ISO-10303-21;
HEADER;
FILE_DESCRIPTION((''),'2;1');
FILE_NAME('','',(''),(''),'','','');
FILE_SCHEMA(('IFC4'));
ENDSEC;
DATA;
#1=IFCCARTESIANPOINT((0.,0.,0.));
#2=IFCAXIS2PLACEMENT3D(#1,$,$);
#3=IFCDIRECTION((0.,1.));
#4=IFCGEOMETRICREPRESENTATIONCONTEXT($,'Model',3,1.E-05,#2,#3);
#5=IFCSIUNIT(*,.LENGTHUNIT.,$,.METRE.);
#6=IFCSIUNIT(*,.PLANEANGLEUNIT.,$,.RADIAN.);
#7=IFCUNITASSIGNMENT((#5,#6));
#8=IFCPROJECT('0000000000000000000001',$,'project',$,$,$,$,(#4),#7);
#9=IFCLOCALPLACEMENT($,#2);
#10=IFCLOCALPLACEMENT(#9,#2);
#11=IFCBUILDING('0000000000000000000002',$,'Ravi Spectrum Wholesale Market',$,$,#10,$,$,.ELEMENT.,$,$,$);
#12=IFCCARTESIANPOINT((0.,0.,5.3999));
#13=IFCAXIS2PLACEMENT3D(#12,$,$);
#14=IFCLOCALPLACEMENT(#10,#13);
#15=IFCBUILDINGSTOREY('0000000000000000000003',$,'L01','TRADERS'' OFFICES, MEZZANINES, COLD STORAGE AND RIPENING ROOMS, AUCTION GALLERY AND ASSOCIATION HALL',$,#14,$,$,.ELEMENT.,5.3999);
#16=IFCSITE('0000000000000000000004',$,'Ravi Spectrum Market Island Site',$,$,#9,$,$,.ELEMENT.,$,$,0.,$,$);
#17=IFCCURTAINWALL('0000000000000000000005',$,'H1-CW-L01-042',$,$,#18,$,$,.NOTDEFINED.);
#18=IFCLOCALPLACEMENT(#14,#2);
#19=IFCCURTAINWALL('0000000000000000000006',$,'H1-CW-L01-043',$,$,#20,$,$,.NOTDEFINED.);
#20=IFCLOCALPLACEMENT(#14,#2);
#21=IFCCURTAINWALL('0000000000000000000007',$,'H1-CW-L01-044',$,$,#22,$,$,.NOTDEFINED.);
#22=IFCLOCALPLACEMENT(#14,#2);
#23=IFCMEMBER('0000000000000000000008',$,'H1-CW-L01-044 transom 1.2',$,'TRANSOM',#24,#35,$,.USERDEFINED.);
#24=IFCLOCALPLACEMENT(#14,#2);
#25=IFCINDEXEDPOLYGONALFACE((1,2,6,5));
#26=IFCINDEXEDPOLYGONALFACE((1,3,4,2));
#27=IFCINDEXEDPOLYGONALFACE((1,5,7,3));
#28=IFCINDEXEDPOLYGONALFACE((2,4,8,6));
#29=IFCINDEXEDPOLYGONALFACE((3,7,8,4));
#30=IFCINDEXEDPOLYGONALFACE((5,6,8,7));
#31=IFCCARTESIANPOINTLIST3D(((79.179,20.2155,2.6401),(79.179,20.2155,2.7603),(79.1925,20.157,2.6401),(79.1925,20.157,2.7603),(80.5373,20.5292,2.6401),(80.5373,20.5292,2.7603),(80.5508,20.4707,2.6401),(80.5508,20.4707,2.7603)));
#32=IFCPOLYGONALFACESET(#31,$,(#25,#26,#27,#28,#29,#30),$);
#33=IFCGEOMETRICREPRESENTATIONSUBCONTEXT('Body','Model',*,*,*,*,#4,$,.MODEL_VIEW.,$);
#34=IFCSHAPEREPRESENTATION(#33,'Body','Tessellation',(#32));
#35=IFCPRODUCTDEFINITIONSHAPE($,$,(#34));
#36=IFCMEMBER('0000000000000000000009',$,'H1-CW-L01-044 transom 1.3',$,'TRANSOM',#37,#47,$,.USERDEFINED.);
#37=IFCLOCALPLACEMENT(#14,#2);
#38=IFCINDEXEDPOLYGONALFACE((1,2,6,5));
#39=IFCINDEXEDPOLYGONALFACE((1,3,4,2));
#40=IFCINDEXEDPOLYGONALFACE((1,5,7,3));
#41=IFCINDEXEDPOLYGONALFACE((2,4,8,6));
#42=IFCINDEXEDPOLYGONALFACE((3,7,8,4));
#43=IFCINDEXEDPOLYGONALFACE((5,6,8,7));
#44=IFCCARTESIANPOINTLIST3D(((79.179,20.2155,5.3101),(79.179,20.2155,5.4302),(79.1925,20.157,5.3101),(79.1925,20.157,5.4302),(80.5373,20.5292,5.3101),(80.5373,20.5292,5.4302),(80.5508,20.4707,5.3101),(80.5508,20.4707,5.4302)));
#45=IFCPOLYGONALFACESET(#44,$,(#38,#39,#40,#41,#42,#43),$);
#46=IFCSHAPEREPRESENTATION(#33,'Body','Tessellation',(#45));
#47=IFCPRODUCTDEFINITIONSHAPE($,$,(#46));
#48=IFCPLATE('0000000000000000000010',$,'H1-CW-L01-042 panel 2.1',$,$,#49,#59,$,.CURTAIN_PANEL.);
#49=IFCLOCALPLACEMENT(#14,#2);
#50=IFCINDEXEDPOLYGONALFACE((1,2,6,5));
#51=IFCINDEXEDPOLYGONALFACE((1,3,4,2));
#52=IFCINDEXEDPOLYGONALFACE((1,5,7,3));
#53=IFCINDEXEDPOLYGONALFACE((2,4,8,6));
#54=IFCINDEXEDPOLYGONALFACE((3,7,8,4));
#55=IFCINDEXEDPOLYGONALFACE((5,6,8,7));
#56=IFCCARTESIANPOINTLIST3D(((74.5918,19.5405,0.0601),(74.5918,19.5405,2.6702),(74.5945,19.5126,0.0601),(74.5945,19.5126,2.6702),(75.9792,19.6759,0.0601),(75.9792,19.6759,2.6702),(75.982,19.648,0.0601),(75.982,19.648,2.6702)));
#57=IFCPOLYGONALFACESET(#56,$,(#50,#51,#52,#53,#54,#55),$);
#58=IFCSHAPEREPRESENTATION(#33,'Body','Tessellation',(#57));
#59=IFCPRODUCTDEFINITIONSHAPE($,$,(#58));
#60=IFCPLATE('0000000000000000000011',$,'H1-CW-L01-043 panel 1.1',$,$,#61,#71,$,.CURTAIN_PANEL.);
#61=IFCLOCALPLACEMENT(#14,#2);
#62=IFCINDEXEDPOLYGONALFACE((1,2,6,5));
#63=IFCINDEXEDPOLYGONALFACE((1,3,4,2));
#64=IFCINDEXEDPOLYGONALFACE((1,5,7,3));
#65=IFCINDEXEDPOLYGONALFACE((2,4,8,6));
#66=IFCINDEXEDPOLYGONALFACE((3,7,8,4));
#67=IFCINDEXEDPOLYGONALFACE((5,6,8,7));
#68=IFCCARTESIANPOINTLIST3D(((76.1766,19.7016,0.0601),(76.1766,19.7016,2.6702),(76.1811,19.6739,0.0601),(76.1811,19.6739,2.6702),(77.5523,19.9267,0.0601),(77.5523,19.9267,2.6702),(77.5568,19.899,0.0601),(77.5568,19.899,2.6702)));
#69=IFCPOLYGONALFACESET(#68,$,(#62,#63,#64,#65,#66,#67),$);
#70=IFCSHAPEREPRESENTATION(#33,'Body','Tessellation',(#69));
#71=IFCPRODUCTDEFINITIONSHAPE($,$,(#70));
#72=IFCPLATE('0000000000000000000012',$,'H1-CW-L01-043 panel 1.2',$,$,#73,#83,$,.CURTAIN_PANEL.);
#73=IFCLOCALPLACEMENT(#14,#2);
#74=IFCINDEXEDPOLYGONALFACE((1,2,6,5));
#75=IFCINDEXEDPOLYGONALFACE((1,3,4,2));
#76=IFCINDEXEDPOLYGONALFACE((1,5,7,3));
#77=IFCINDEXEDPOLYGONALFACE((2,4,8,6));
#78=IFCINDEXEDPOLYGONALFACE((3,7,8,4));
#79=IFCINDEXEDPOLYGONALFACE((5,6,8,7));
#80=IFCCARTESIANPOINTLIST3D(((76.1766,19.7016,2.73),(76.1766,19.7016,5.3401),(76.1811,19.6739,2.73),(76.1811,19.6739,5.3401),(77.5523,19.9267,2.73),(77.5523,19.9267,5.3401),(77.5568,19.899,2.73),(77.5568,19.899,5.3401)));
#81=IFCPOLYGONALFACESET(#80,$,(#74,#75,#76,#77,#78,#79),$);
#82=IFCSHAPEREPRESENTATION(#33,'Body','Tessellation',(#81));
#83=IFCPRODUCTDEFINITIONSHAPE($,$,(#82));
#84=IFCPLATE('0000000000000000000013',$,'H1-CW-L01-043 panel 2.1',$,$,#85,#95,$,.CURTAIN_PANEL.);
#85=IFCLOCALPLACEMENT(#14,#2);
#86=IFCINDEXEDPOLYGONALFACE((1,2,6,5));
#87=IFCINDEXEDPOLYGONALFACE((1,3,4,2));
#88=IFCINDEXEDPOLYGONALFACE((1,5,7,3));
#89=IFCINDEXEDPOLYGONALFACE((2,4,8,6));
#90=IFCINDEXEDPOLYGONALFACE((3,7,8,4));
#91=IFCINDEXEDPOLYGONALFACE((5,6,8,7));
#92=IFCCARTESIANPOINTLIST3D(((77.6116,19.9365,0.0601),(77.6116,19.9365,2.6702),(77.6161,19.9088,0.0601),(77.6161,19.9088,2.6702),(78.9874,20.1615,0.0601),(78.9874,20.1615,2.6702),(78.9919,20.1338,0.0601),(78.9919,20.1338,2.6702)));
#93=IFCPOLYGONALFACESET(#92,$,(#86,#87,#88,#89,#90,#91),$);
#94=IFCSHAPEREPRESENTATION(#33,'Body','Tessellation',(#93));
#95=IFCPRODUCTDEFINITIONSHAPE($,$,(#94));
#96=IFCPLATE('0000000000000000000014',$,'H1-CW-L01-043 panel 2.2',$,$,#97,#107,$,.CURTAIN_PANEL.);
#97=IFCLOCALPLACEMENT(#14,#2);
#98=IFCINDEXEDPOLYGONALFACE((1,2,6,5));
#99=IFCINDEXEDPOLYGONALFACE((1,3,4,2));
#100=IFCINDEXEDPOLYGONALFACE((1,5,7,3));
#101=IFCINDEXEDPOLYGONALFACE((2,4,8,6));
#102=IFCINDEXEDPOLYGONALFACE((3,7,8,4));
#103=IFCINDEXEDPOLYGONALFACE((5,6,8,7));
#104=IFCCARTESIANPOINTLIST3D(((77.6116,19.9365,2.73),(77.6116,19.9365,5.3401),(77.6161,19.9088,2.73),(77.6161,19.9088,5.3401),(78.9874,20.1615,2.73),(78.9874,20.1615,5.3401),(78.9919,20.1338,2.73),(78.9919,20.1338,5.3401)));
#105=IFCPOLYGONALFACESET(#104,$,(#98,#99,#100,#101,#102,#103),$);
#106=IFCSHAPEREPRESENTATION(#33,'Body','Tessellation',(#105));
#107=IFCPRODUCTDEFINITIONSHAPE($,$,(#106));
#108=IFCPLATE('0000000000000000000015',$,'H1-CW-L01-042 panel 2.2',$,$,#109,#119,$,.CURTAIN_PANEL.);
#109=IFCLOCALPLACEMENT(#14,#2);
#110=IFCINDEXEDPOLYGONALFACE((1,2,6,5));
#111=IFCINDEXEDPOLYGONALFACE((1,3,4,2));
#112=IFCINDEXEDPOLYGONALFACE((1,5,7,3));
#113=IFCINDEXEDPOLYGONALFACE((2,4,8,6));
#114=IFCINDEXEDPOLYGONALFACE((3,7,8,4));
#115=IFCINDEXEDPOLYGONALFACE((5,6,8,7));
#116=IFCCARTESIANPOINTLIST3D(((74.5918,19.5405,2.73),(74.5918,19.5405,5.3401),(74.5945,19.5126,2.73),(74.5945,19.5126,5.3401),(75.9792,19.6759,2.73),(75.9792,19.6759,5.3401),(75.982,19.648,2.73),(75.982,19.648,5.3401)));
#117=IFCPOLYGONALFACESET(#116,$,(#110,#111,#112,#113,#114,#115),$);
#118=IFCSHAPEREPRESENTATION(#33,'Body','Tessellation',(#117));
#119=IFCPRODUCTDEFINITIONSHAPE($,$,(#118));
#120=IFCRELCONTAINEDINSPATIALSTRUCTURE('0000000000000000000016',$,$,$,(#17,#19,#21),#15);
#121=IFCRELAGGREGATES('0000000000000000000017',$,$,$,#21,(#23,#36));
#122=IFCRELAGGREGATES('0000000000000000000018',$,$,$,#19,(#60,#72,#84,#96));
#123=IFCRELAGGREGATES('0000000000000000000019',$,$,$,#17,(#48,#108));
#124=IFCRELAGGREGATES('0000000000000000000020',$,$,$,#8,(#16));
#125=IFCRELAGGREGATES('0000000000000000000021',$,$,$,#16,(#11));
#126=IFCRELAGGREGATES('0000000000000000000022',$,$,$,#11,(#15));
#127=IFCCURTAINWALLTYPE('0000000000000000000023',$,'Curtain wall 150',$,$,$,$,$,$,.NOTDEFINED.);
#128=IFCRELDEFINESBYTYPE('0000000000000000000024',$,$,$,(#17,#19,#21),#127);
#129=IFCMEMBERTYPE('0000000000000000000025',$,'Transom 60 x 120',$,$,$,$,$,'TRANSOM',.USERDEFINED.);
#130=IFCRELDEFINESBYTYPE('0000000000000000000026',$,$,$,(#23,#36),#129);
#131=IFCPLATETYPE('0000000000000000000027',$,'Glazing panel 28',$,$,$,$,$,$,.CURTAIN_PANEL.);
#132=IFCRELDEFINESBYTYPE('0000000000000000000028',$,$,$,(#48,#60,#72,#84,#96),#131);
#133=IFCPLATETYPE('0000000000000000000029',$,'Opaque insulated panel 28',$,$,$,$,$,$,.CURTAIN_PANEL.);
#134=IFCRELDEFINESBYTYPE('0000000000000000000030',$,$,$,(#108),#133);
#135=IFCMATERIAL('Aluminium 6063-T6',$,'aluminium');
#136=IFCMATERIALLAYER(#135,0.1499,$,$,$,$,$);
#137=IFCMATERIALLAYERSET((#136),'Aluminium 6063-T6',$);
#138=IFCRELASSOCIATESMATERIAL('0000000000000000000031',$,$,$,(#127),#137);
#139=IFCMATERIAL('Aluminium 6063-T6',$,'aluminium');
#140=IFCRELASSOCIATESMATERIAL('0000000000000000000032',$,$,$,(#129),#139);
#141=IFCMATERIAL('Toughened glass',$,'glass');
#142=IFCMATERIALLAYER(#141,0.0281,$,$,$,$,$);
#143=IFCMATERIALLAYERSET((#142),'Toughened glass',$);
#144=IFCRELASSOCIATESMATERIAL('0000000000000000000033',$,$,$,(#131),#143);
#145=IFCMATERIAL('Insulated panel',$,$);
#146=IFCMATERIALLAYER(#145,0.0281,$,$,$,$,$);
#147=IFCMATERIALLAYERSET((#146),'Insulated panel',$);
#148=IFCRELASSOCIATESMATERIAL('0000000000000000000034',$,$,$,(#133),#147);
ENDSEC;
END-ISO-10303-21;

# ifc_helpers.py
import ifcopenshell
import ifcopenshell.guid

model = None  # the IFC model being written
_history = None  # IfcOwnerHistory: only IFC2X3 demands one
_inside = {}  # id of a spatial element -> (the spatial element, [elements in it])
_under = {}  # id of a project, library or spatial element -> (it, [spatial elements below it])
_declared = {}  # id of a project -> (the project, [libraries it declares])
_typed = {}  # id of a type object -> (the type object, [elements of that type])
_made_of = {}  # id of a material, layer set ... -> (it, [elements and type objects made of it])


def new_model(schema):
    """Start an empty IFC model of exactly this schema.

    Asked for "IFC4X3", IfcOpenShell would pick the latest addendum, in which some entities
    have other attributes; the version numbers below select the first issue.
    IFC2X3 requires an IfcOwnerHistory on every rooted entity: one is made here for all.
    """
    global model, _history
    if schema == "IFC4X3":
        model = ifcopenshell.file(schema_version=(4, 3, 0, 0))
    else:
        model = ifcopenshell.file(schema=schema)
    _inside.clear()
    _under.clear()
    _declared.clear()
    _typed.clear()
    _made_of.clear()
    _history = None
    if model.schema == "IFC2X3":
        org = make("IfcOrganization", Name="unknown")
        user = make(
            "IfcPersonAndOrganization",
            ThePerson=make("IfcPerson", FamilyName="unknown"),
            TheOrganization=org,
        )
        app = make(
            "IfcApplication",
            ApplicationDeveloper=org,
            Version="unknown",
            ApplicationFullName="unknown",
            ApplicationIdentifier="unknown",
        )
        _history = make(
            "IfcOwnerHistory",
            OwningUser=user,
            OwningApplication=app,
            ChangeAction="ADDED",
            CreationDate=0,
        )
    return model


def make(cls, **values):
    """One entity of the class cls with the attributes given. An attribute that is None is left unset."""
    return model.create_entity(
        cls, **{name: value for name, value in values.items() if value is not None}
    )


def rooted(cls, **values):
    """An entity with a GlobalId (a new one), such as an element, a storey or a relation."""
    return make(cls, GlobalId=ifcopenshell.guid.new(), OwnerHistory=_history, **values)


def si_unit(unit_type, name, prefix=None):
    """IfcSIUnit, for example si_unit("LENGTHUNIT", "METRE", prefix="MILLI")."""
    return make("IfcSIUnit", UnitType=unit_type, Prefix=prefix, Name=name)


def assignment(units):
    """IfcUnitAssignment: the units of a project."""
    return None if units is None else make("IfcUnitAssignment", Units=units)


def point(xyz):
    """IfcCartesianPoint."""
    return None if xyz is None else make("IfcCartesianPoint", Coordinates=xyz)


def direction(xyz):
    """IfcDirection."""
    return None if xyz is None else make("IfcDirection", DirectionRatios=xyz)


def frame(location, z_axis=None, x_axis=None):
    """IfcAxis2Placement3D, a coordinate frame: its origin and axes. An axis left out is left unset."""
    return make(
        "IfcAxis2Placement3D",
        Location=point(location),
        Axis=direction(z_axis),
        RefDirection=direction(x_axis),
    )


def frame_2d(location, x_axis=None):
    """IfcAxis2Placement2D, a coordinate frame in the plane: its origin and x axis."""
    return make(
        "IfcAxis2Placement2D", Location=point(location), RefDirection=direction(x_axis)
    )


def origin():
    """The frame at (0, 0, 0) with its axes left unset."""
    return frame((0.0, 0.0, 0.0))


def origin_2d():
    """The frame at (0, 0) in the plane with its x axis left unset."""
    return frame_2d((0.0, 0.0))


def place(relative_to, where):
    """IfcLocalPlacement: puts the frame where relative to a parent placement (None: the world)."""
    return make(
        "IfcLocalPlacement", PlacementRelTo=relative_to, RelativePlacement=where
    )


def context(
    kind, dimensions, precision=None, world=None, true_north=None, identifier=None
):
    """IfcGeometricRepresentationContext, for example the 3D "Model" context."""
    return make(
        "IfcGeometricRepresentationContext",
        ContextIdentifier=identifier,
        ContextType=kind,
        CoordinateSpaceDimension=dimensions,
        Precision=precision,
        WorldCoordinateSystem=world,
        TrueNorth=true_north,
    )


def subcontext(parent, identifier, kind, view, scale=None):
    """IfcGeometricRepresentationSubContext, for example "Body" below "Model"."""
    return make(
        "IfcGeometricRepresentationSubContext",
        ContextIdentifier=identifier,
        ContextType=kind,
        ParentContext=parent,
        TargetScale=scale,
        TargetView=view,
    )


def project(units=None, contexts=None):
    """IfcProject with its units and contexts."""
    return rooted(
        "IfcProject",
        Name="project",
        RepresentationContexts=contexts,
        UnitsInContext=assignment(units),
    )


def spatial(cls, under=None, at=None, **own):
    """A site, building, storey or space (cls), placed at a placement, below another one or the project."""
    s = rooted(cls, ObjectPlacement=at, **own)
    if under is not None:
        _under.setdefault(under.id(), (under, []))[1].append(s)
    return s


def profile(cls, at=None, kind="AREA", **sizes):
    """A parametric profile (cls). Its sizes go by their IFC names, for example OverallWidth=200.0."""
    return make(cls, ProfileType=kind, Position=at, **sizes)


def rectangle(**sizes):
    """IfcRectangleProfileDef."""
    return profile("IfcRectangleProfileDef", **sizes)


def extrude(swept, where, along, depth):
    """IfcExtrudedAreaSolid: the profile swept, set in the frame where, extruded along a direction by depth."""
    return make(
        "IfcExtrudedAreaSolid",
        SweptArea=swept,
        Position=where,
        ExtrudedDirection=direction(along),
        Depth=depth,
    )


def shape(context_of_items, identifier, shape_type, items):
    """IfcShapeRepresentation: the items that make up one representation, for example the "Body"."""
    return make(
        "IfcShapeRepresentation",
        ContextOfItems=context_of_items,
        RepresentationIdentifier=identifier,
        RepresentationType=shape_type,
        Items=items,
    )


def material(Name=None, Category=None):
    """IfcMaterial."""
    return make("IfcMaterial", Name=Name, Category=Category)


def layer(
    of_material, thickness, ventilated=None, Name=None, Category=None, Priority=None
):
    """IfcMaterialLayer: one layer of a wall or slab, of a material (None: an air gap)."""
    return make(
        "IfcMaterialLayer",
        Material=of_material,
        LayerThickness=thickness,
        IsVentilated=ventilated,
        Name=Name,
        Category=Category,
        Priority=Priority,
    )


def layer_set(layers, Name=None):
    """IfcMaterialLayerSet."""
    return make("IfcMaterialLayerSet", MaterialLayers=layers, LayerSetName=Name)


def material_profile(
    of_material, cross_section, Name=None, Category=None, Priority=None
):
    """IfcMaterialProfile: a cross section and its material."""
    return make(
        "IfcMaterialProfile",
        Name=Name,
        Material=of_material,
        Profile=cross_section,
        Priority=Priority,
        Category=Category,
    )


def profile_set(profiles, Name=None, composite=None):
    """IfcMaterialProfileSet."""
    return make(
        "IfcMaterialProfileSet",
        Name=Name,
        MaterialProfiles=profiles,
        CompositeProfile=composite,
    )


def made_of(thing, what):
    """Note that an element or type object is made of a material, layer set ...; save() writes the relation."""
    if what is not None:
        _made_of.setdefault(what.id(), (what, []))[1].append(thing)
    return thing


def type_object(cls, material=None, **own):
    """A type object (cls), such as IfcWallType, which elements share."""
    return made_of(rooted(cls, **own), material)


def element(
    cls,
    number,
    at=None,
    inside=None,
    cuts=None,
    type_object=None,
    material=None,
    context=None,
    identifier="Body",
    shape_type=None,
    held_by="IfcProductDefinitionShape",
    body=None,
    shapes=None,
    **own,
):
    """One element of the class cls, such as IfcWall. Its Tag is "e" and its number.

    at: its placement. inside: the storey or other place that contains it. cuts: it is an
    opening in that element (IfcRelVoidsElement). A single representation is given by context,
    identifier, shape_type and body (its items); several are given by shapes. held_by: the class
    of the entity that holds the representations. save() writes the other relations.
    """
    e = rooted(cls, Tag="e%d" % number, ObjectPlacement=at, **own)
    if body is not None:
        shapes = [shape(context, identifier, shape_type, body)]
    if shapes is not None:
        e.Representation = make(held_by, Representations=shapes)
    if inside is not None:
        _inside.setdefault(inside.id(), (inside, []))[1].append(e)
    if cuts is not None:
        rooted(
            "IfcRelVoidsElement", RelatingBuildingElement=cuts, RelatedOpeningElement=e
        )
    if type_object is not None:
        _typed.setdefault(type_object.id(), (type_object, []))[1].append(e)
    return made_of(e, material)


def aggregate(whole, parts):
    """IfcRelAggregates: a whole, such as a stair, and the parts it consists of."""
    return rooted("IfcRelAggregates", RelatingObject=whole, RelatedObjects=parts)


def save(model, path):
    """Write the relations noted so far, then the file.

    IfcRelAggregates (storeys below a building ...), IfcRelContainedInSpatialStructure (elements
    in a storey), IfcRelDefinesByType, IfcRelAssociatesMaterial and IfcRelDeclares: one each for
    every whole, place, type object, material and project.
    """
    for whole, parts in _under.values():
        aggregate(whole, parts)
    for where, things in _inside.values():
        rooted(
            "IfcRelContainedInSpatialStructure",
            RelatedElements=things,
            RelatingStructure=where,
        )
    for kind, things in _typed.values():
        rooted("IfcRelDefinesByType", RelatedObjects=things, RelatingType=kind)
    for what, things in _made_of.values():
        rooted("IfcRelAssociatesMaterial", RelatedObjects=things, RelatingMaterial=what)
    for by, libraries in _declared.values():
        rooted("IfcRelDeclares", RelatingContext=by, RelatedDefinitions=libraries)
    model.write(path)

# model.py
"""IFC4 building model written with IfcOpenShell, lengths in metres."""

from ifc_helpers import new_model, si_unit, direction, frame, origin, origin_2d, place, context, subcontext, project, spatial, rectangle, extrude, material, layer, layer_set, material_profile, profile_set, type_object, element, aggregate, save


model = new_model("IFC4")

# Units and contexts
model_context = context("Model", 3, precision=1e-05, world=origin(), true_north=direction((0.0, 1.0)))
body_context = subcontext(model_context, "Body", "Model", "MODEL_VIEW")
ifc_project = project(units=[si_unit("LENGTHUNIT", "METRE"), si_unit("PLANEANGLEUNIT", "RADIAN")], contexts=[model_context])

# Site, building, storey
site_placement = place(None, origin())
site = spatial("IfcSite", under=ifc_project, at=site_placement, Name="Ravi Spectrum Market Island Site", CompositionType="ELEMENT", RefElevation=0.0)
building_placement = place(site_placement, origin())
building = spatial("IfcBuilding", under=site, at=building_placement, Name="Ravi Spectrum Wholesale Market", CompositionType="ELEMENT")
storey_placement = place(building_placement, frame((0.0, 0.0, 5.3999)))
storey = spatial("IfcBuildingStorey", under=building, at=storey_placement, Name="L01", Description="TRADERS' OFFICES, MEZZANINES, COLD STORAGE AND RIPENING ROOMS, AUCTION GALLERY AND ASSOCIATION HALL", CompositionType="ELEMENT", Elevation=5.3999)

# Curtain wall
ifc_material_1 = material(Name="Aluminium 6063-T6", Category="aluminium")
ifc_layer_1 = layer(ifc_material_1, 0.1499)
ifc_layer_set_1 = layer_set([ifc_layer_1], Name="Aluminium 6063-T6")
curtain_wall_type = type_object("IfcCurtainWallType", Name="Curtain wall 150", PredefinedType="NOTDEFINED", material=ifc_layer_set_1)
curtain_wall_1_placement = place(storey_placement, origin())
curtain_wall_1 = element("IfcCurtainWall", 1, at=curtain_wall_1_placement, inside=storey, type_object=curtain_wall_type, Name="H1-CW-L01-042", PredefinedType="NOTDEFINED")

# Curtain wall
curtain_wall_2_placement = place(storey_placement, origin())
curtain_wall_2 = element("IfcCurtainWall", 2, at=curtain_wall_2_placement, inside=storey, type_object=curtain_wall_type, Name="H1-CW-L01-043", PredefinedType="NOTDEFINED")

# Curtain wall
curtain_wall_3_placement = place(storey_placement, origin())
curtain_wall_3 = element("IfcCurtainWall", 3, at=curtain_wall_3_placement, inside=storey, type_object=curtain_wall_type, Name="H1-CW-L01-044", PredefinedType="NOTDEFINED")

# Members
ifc_material_2 = material(Name="Aluminium 6063-T6", Category="aluminium")
ifc_material_profile_1 = material_profile(ifc_material_2, rectangle(XDim=0.0601, YDim=0.1201, at=origin_2d()))
ifc_profile_set_1 = profile_set([ifc_material_profile_1], Name="Aluminium 6063-T6")
member_type_1 = type_object("IfcMemberType", Name="Transom 60 x 120", ElementType="TRANSOM", PredefinedType="USERDEFINED", material=ifc_profile_set_1)
member_1_placement = place(storey_placement, frame((79.1858, 20.1863, 2.7002), z_axis=(0.974353, 0.225026, 0.0), x_axis=(-0.225026, 0.974353, 0.0)))
member_1 = element("IfcMember", 4, at=member_1_placement, type_object=member_type_1, Name="H1-CW-L01-044 transom 1.2", ObjectType="TRANSOM", PredefinedType="USERDEFINED", context=body_context, shape_type="SweptSolid", body=[
    extrude(rectangle(XDim=0.0601, YDim=0.1201, at=origin_2d()), origin(), (0.0, 0.0, 1.0), 1.394),
])
member_2_placement = place(storey_placement, frame((79.1858, 20.1863, 5.3701), z_axis=(0.974353, 0.225026, 0.0), x_axis=(-0.225026, 0.974353, 0.0)))
member_2 = element("IfcMember", 5, at=member_2_placement, type_object=member_type_1, Name="H1-CW-L01-044 transom 1.3", ObjectType="TRANSOM", PredefinedType="USERDEFINED", context=body_context, shape_type="SweptSolid", body=[
    extrude(rectangle(XDim=0.0601, YDim=0.1201, at=origin_2d()), origin(), (0.0, 0.0, 1.0), 1.394),
])
aggregate(curtain_wall_3, [member_1, member_2])

# Plates
ifc_material_3 = material(Name="Toughened glass", Category="glass")
ifc_layer_2 = layer(ifc_material_3, 0.0281)
ifc_layer_set_2 = layer_set([ifc_layer_2], Name="Toughened glass")
plate_type_1 = type_object("IfcPlateType", Name="Glazing panel 28", PredefinedType="CURTAIN_PANEL", material=ifc_layer_set_2)
plate_1_placement = place(storey_placement, frame((75.2869, 19.5942, 0.0601), z_axis=(0.0, 0.0, 1.0), x_axis=(0.99527, 0.097144, 0.0)))
plate_1 = element("IfcPlate", 6, at=plate_1_placement, type_object=plate_type_1, Name="H1-CW-L01-042 panel 2.1", PredefinedType="CURTAIN_PANEL", context=body_context, shape_type="SweptSolid", body=[
    extrude(rectangle(XDim=1.394, YDim=0.0281, at=origin_2d()), origin(), (0.0, 0.0, 1.0), 2.6101),
])
plate_2_placement = place(storey_placement, frame((76.8667, 19.8003, 0.0601), z_axis=(0.0, 0.0, 1.0), x_axis=(0.98688, 0.161453, 0.0)))
plate_2 = element("IfcPlate", 7, at=plate_2_placement, type_object=plate_type_1, Name="H1-CW-L01-043 panel 1.1", PredefinedType="CURTAIN_PANEL", context=body_context, shape_type="SweptSolid", body=[
    extrude(rectangle(XDim=1.394, YDim=0.0281, at=origin_2d()), origin(), (0.0, 0.0, 1.0), 2.6101),
])
plate_3_placement = place(storey_placement, frame((76.8667, 19.8003, 2.73), z_axis=(0.0, 0.0, 1.0), x_axis=(0.98688, 0.161453, 0.0)))
plate_3 = element("IfcPlate", 8, at=plate_3_placement, type_object=plate_type_1, Name="H1-CW-L01-043 panel 1.2", PredefinedType="CURTAIN_PANEL", context=body_context, shape_type="SweptSolid", body=[
    extrude(rectangle(XDim=1.394, YDim=0.0281, at=origin_2d()), origin(), (0.0, 0.0, 1.0), 2.6101),
])
plate_4_placement = place(storey_placement, frame((78.3018, 20.0352, 0.0601), z_axis=(0.0, 0.0, 1.0), x_axis=(0.98688, 0.161453, 0.0)))
plate_4 = element("IfcPlate", 9, at=plate_4_placement, type_object=plate_type_1, Name="H1-CW-L01-043 panel 2.1", PredefinedType="CURTAIN_PANEL", context=body_context, shape_type="SweptSolid", body=[
    extrude(rectangle(XDim=1.394, YDim=0.0281, at=origin_2d()), origin(), (0.0, 0.0, 1.0), 2.6101),
])
plate_5_placement = place(storey_placement, frame((78.3018, 20.0352, 2.73), z_axis=(0.0, 0.0, 1.0), x_axis=(0.98688, 0.161453, 0.0)))
plate_5 = element("IfcPlate", 10, at=plate_5_placement, type_object=plate_type_1, Name="H1-CW-L01-043 panel 2.2", PredefinedType="CURTAIN_PANEL", context=body_context, shape_type="SweptSolid", body=[
    extrude(rectangle(XDim=1.394, YDim=0.0281, at=origin_2d()), origin(), (0.0, 0.0, 1.0), 2.6101),
])
aggregate(curtain_wall_2, [plate_2, plate_3, plate_4, plate_5])
ifc_material_4 = material(Name="Insulated panel")
ifc_layer_3 = layer(ifc_material_4, 0.0281)
ifc_layer_set_3 = layer_set([ifc_layer_3], Name="Insulated panel")
plate_type_2 = type_object("IfcPlateType", Name="Opaque insulated panel 28", PredefinedType="CURTAIN_PANEL", material=ifc_layer_set_3)
plate_6_placement = place(storey_placement, frame((75.2869, 19.5942, 2.73), z_axis=(0.0, 0.0, 1.0), x_axis=(0.99527, 0.097144, 0.0)))
plate_6 = element("IfcPlate", 11, at=plate_6_placement, type_object=plate_type_2, Name="H1-CW-L01-042 panel 2.2", PredefinedType="CURTAIN_PANEL", context=body_context, shape_type="SweptSolid", body=[
    extrude(rectangle(XDim=1.394, YDim=0.0281, at=origin_2d()), origin(), (0.0, 0.0, 1.0), 2.6101),
])
aggregate(curtain_wall_1, [plate_1, plate_6])

save(model, "model.ifc")
